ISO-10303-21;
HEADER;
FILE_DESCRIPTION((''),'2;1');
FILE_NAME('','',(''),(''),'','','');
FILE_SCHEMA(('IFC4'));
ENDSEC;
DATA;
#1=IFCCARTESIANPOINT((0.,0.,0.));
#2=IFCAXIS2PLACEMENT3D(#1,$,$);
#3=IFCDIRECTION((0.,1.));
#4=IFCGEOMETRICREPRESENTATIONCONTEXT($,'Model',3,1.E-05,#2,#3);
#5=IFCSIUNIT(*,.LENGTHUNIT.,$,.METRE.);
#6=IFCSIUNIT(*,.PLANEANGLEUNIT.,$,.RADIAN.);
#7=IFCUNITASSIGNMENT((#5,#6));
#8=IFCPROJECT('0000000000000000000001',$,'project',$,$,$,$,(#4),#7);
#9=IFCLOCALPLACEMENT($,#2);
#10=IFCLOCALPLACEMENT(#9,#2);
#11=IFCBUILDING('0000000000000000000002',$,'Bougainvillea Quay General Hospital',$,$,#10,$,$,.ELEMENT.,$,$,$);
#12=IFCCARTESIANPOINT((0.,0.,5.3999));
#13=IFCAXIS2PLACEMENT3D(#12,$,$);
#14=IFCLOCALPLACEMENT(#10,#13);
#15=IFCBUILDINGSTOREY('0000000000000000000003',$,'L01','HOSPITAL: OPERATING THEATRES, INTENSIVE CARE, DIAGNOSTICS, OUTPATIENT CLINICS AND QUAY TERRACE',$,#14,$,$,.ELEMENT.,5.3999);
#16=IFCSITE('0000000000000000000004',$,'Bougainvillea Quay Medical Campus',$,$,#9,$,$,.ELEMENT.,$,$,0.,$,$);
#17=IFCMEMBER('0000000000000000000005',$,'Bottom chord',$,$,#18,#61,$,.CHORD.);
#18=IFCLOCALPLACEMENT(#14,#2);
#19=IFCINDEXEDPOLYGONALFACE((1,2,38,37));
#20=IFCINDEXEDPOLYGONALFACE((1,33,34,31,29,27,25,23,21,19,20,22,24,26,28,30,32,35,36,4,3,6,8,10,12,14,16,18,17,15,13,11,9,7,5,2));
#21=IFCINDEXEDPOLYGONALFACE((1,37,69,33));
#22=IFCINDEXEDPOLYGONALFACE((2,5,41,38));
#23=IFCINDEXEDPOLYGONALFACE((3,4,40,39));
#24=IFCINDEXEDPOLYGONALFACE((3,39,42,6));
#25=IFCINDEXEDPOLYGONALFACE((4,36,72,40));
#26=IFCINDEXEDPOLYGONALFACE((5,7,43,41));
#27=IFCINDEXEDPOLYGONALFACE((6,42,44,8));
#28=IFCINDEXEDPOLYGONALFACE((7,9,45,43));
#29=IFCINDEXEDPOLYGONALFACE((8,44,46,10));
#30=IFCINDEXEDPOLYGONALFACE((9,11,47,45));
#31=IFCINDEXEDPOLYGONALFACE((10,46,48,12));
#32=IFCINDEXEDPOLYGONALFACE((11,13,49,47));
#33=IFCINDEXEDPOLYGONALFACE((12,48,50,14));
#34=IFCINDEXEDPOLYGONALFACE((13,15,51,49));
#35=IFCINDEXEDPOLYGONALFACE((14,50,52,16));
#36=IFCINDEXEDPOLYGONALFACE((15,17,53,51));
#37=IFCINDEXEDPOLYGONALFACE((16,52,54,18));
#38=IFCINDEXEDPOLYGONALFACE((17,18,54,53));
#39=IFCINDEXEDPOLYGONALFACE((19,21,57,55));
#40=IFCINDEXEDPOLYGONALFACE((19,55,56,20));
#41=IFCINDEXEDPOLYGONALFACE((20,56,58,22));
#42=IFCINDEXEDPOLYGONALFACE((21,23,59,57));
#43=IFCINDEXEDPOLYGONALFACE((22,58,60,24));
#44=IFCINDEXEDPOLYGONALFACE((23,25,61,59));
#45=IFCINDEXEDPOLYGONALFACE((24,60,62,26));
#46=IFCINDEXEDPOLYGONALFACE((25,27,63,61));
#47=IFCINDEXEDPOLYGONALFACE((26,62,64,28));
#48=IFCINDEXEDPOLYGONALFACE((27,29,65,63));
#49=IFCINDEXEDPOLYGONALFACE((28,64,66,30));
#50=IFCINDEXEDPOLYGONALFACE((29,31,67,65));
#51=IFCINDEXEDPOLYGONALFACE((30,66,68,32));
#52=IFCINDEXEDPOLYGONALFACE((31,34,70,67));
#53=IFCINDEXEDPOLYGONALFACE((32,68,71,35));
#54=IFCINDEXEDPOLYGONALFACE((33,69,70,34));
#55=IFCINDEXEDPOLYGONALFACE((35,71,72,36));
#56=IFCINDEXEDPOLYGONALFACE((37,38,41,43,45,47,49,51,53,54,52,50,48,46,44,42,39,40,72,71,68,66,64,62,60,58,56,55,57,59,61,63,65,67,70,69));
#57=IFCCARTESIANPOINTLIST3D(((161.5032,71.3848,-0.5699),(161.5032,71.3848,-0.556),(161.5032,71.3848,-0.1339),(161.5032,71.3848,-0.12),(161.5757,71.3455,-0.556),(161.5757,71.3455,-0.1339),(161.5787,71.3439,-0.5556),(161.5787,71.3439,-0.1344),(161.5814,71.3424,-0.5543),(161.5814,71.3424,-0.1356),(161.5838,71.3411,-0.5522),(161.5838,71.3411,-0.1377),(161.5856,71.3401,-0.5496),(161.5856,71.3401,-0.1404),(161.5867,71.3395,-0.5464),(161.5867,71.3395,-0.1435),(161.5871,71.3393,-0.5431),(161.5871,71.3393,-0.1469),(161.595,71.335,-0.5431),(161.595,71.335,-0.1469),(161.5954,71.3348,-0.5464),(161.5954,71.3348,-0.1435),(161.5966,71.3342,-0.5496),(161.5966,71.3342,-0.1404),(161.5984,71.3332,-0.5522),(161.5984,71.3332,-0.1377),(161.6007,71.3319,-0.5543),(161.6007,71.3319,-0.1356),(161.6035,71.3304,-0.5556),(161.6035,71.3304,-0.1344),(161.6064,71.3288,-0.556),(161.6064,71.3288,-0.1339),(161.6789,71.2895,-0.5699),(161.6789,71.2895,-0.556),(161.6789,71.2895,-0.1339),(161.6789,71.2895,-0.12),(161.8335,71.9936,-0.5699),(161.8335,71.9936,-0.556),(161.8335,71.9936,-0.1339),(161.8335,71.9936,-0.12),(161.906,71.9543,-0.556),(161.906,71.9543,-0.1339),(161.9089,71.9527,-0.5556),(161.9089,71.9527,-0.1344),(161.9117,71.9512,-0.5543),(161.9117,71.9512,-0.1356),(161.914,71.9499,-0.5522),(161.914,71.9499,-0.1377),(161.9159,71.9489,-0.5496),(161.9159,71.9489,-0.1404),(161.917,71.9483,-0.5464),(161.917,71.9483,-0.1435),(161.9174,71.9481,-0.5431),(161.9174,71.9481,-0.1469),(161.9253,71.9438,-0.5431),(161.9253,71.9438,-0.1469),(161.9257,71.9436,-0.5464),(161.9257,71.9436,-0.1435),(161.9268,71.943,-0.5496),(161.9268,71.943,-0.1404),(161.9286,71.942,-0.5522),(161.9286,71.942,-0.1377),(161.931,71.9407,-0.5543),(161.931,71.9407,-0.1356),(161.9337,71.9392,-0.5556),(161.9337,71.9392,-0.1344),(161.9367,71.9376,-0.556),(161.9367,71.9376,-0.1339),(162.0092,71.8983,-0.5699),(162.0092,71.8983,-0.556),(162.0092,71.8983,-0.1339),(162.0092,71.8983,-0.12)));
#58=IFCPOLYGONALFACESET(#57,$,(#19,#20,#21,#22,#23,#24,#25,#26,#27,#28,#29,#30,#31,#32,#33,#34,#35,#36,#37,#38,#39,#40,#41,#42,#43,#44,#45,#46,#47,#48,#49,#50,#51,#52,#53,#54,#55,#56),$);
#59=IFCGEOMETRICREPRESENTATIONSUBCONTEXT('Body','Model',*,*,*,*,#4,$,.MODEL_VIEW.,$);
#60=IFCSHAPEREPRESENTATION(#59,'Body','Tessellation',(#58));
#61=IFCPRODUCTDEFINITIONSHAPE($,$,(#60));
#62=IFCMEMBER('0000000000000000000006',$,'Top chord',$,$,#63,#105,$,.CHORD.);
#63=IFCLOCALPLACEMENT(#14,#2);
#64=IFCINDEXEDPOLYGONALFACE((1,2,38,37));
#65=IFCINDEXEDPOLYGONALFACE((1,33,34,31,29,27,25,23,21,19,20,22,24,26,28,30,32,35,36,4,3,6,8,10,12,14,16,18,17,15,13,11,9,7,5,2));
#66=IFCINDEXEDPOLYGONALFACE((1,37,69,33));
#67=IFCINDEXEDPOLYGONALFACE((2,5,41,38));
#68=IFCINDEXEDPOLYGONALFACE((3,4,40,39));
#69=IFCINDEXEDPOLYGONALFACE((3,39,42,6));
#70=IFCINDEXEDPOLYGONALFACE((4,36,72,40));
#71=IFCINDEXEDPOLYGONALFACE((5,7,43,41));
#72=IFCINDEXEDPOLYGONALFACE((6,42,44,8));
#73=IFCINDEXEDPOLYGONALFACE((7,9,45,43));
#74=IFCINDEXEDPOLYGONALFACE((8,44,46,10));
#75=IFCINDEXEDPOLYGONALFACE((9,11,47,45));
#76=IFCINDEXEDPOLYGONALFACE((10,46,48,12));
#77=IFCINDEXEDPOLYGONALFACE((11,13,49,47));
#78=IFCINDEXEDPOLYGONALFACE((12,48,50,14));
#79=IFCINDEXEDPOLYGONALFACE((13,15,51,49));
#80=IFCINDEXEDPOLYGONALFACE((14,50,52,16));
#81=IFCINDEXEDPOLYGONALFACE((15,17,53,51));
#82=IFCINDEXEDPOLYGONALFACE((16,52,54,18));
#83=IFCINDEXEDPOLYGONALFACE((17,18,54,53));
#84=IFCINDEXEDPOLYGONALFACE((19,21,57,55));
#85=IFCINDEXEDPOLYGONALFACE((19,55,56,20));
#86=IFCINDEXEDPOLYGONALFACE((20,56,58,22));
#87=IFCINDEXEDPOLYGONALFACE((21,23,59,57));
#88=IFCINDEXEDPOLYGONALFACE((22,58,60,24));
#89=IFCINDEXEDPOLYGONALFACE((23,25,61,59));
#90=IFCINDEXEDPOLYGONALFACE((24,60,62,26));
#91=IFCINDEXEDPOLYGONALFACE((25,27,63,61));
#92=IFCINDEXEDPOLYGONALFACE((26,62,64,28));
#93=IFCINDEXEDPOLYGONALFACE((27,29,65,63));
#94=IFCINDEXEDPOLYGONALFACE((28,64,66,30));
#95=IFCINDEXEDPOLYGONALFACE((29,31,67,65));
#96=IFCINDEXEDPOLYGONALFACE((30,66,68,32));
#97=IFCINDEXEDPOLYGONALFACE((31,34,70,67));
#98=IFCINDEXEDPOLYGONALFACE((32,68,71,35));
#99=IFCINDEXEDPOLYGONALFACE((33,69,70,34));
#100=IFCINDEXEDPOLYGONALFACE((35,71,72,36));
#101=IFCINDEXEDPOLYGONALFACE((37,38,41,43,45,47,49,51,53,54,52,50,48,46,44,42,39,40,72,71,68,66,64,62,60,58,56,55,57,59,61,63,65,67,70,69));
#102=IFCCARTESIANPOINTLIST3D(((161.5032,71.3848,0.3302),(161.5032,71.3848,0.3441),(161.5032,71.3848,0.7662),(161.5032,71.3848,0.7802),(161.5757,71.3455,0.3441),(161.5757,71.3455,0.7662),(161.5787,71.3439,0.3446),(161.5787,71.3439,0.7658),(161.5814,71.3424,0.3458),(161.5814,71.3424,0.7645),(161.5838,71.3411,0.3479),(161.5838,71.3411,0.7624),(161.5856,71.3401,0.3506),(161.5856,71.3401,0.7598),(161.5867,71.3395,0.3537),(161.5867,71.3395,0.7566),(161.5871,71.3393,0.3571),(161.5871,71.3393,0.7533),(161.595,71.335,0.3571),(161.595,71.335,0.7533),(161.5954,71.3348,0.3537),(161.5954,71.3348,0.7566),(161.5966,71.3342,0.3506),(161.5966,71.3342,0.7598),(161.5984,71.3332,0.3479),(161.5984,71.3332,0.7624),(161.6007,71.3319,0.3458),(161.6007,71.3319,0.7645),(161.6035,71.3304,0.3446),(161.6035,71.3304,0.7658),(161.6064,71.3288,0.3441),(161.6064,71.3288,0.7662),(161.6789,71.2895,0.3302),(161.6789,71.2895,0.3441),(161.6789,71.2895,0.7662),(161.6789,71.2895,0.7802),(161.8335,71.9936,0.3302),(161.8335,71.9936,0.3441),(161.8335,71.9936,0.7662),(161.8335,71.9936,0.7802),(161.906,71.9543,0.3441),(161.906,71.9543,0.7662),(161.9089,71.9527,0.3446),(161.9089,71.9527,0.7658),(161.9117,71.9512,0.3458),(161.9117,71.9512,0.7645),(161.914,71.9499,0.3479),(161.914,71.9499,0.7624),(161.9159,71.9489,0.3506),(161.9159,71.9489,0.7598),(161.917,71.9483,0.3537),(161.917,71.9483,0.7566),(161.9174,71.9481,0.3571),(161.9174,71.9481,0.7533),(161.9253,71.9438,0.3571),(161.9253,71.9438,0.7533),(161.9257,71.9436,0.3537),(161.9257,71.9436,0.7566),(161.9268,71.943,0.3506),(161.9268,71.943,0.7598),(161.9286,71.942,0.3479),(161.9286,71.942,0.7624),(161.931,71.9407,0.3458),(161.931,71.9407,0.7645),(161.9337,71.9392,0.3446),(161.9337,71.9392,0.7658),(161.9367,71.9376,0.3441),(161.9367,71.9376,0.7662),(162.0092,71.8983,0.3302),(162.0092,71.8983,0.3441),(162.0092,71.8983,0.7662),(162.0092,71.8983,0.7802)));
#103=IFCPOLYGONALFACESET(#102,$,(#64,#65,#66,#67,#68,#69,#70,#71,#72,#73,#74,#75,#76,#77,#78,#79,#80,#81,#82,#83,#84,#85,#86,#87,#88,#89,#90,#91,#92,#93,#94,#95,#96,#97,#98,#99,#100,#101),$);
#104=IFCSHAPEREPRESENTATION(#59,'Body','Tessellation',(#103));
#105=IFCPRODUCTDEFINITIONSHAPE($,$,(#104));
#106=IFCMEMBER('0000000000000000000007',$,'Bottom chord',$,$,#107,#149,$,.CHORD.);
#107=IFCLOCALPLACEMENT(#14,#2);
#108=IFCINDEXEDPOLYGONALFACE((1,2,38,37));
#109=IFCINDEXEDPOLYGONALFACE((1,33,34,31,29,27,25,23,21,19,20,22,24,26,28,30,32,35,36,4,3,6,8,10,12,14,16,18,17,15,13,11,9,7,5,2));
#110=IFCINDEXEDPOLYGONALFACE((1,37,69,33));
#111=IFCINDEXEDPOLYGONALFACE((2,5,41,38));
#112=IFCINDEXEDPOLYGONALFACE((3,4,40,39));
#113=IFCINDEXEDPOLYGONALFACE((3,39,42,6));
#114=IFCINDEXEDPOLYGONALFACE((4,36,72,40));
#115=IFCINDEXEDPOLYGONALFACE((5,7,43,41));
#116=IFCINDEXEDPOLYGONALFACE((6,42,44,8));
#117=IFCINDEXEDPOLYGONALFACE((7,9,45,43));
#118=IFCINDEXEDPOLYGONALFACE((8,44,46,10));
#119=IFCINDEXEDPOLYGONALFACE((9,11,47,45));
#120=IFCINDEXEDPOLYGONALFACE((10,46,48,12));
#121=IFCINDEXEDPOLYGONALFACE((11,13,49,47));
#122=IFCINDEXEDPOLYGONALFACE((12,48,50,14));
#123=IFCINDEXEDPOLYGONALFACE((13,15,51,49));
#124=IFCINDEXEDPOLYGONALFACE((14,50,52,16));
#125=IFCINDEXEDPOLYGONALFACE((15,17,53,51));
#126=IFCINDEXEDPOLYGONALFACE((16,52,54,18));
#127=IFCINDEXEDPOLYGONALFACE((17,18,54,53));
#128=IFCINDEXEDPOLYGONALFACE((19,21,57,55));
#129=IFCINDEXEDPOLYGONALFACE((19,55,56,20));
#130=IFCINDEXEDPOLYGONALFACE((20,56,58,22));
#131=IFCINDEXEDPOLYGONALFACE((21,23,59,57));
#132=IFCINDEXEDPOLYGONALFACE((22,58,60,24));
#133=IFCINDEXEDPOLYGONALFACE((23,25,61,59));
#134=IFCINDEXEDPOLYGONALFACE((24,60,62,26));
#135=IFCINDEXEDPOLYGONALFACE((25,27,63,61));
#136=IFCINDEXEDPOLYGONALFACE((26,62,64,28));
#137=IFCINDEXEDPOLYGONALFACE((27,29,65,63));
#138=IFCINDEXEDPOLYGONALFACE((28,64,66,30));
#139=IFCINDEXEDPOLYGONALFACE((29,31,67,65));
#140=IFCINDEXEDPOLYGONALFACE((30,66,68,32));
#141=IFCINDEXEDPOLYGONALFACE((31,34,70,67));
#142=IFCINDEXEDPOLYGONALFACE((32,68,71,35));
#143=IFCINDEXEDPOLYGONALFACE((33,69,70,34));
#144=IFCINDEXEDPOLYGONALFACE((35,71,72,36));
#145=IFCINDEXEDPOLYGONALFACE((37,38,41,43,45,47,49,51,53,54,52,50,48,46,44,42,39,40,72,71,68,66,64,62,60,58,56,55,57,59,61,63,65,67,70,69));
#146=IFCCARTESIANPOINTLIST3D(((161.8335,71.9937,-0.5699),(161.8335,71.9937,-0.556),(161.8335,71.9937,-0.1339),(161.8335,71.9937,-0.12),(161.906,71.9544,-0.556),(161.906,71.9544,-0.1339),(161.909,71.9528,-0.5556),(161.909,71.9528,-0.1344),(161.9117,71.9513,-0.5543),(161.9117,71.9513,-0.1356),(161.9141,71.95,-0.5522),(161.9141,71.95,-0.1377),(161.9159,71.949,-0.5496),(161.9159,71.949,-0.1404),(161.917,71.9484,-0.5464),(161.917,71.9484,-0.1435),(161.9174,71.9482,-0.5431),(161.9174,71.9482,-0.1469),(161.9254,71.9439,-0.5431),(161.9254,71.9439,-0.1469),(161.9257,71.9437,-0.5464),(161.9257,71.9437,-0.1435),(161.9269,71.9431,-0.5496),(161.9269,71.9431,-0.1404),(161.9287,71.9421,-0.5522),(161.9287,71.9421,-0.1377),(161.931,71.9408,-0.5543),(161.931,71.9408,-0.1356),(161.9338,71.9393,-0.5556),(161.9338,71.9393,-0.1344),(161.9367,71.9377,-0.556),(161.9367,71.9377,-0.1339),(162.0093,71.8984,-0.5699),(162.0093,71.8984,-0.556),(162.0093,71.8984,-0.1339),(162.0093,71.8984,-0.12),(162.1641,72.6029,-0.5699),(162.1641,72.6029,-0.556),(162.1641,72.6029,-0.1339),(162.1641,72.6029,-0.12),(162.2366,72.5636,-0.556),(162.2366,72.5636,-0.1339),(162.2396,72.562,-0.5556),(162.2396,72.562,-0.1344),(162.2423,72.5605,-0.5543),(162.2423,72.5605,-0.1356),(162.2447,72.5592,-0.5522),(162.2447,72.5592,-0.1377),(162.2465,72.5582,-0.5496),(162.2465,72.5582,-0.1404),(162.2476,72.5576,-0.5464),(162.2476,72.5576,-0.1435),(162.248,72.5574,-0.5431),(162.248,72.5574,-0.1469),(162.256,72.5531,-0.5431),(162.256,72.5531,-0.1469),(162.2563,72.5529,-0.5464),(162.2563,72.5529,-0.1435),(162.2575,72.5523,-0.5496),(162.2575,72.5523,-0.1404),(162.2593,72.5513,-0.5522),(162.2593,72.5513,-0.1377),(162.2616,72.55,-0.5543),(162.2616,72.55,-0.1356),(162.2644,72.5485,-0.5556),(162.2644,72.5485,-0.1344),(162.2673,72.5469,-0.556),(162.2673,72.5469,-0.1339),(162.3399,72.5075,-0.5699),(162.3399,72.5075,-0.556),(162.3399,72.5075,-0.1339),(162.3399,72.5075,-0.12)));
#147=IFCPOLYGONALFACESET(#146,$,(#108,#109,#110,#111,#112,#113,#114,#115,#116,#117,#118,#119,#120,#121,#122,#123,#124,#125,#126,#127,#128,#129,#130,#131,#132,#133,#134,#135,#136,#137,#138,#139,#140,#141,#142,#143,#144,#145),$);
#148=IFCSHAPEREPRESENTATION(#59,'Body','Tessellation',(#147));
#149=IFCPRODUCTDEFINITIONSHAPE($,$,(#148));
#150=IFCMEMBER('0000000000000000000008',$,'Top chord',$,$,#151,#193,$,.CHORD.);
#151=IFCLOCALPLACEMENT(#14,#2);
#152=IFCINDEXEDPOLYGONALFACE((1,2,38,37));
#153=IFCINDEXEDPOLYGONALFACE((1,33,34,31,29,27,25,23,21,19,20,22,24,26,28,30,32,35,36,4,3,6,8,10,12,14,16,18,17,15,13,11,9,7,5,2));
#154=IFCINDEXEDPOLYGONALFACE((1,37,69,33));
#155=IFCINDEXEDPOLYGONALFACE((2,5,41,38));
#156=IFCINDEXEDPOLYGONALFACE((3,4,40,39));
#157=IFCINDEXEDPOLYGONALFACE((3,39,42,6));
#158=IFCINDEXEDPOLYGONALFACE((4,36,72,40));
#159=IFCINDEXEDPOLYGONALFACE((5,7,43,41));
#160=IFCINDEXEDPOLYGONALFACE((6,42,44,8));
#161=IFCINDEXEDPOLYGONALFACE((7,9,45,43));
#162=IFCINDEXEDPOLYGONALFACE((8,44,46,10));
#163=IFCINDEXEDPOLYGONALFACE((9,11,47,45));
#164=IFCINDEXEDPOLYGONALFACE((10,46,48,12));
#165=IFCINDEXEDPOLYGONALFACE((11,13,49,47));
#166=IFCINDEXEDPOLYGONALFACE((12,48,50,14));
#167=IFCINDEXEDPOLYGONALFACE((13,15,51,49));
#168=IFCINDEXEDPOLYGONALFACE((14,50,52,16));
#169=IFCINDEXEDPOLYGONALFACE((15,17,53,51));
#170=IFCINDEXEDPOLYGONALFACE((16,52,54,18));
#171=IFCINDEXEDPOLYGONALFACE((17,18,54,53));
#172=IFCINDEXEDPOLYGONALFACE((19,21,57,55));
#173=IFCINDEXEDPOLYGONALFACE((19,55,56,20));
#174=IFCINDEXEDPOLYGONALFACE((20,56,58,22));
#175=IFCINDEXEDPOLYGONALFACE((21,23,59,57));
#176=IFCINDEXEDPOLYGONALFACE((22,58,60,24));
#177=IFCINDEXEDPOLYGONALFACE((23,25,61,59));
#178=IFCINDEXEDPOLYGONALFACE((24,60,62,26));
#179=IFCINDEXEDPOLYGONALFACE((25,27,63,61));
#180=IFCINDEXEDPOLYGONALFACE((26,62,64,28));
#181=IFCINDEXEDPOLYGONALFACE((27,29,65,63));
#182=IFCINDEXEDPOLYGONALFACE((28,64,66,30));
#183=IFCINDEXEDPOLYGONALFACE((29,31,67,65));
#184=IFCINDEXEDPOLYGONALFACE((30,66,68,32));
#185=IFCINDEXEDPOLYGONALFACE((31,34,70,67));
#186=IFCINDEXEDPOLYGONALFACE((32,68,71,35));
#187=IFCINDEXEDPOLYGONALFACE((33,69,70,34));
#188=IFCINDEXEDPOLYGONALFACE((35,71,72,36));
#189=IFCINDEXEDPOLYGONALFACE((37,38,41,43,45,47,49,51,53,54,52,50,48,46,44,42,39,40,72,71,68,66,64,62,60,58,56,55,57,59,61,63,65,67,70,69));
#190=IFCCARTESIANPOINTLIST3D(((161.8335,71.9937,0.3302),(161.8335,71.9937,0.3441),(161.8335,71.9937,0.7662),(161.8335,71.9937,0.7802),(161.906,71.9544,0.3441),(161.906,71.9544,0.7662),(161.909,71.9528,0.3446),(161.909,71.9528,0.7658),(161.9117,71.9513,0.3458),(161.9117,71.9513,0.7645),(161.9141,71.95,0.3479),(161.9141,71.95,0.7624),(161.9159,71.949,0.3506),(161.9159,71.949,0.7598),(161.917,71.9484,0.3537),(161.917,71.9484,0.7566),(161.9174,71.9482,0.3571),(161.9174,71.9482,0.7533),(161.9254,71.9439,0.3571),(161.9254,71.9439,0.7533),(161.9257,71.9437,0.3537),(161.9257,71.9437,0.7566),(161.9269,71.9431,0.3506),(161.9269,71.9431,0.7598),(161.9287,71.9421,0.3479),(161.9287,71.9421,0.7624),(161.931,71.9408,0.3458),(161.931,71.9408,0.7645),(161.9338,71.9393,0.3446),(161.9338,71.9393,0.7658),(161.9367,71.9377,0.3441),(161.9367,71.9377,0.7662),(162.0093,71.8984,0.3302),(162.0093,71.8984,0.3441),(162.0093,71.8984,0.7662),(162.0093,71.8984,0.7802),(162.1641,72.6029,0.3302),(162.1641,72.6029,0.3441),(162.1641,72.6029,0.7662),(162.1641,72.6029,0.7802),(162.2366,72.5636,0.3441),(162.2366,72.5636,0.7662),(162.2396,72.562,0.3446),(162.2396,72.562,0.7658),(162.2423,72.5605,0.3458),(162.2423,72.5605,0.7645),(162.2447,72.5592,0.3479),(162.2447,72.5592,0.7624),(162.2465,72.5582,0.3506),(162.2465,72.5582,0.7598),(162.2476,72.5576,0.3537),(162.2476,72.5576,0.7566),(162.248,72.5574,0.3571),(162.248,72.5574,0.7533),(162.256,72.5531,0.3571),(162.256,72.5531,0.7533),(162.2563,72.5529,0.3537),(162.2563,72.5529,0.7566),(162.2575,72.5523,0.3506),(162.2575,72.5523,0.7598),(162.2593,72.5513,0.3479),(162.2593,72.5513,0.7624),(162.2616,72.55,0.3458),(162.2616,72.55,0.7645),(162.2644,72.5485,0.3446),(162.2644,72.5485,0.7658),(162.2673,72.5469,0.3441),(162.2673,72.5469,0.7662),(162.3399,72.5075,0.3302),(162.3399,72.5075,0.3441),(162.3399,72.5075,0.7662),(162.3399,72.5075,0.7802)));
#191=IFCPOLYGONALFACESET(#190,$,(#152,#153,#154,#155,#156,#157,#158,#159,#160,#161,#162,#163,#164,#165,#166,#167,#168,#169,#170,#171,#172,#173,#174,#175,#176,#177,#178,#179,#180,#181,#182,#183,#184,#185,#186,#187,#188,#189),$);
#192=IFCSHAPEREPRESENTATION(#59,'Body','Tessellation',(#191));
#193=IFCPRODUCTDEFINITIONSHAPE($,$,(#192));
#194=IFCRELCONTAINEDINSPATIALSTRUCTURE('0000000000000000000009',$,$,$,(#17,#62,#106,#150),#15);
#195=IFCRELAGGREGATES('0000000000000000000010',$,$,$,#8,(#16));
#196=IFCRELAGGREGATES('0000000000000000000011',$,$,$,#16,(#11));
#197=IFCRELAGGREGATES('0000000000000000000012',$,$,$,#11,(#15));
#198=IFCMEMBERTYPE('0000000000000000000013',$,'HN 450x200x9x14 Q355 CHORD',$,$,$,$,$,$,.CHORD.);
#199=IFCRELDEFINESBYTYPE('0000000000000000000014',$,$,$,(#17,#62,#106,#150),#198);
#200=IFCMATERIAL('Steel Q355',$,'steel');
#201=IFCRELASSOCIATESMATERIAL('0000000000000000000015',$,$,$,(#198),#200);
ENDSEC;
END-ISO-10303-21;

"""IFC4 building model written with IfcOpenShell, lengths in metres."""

from ifc_helpers import new_model, si_unit, direction, frame, origin, origin_2d, place, context, subcontext, project, spatial, i_section, extrude, material, material_profile, profile_set, type_object, element, save


model = new_model("IFC4")

# Units and contexts
model_context = context("Model", 3, precision=1e-05, world=origin(), true_north=direction((0.0, 1.0)))
body_context = subcontext(model_context, "Body", "Model", "MODEL_VIEW")
ifc_project = project(units=[si_unit("LENGTHUNIT", "METRE"), si_unit("PLANEANGLEUNIT", "RADIAN")], contexts=[model_context])

# Site, building, storey
site_placement = place(None, origin())
site = spatial("IfcSite", under=ifc_project, at=site_placement, Name="Bougainvillea Quay Medical Campus", CompositionType="ELEMENT", RefElevation=0.0)
building_placement = place(site_placement, origin())
building = spatial("IfcBuilding", under=site, at=building_placement, Name="Bougainvillea Quay General Hospital", CompositionType="ELEMENT")
storey_placement = place(building_placement, frame((0.0, 0.0, 5.3999)))
storey = spatial("IfcBuildingStorey", under=building, at=storey_placement, Name="L01", Description="HOSPITAL: OPERATING THEATRES, INTENSIVE CARE, DIAGNOSTICS, OUTPATIENT CLINICS AND QUAY TERRACE", CompositionType="ELEMENT", Elevation=5.3999)

# Members
ifc_material_1 = material(Name="Steel Q355", Category="steel")
ifc_material_profile_1 = material_profile(ifc_material_1, i_section(OverallWidth=0.2, OverallDepth=0.45, WebThickness=0.009, FlangeThickness=0.0139, FilletRadius=0.0129, at=origin_2d()))
ifc_profile_set_1 = profile_set([ifc_material_profile_1], Name="Steel Q355")
member_type_1 = type_object("IfcMemberType", Name="HN 450x200x9x14 Q355 CHORD", PredefinedType="CHORD", material=ifc_profile_set_1)
for number, where, z_axis, x_axis, name in (
    (1, (161.5911, 71.3372, -0.345), (0.476851, 0.878984, 0.0), (-0.878984, 0.476851, 0.0), "Bottom chord"),
    (2, (161.5911, 71.3372, 0.5552), (0.476851, 0.878984, 0.0), (-0.878984, 0.476851, 0.0), "Top chord"),
):
    element("IfcMember", number, at=place(storey_placement, frame(where, z_axis=z_axis, x_axis=x_axis)), inside=storey, type_object=member_type_1, Name=name, PredefinedType="CHORD", context=body_context, shape_type="SweptSolid", body=[
        extrude(i_section(OverallWidth=0.2, OverallDepth=0.45, WebThickness=0.009, FlangeThickness=0.0139, FilletRadius=0.0129, at=origin_2d()), origin(), (0.0, 0.0, 1.0), 0.6926),
    ])
for number, where, z_axis, x_axis, name in (
    (3, (161.9214, 71.946, -0.345), (0.476975, 0.878917, 0.0), (-0.878917, 0.476975, 0.0), "Bottom chord"),
    (4, (161.9214, 71.946, 0.5552), (0.476975, 0.878917, 0.0), (-0.878917, 0.476975, 0.0), "Top chord"),
):
    element("IfcMember", number, at=place(storey_placement, frame(where, z_axis=z_axis, x_axis=x_axis)), inside=storey, type_object=member_type_1, Name=name, PredefinedType="CHORD", context=body_context, shape_type="SweptSolid", body=[
        extrude(i_section(OverallWidth=0.2, OverallDepth=0.45, WebThickness=0.009, FlangeThickness=0.0139, FilletRadius=0.0129, at=origin_2d()), origin(), (0.0, 0.0, 1.0), 0.6931),
    ])

save(model, "model.ifc")
